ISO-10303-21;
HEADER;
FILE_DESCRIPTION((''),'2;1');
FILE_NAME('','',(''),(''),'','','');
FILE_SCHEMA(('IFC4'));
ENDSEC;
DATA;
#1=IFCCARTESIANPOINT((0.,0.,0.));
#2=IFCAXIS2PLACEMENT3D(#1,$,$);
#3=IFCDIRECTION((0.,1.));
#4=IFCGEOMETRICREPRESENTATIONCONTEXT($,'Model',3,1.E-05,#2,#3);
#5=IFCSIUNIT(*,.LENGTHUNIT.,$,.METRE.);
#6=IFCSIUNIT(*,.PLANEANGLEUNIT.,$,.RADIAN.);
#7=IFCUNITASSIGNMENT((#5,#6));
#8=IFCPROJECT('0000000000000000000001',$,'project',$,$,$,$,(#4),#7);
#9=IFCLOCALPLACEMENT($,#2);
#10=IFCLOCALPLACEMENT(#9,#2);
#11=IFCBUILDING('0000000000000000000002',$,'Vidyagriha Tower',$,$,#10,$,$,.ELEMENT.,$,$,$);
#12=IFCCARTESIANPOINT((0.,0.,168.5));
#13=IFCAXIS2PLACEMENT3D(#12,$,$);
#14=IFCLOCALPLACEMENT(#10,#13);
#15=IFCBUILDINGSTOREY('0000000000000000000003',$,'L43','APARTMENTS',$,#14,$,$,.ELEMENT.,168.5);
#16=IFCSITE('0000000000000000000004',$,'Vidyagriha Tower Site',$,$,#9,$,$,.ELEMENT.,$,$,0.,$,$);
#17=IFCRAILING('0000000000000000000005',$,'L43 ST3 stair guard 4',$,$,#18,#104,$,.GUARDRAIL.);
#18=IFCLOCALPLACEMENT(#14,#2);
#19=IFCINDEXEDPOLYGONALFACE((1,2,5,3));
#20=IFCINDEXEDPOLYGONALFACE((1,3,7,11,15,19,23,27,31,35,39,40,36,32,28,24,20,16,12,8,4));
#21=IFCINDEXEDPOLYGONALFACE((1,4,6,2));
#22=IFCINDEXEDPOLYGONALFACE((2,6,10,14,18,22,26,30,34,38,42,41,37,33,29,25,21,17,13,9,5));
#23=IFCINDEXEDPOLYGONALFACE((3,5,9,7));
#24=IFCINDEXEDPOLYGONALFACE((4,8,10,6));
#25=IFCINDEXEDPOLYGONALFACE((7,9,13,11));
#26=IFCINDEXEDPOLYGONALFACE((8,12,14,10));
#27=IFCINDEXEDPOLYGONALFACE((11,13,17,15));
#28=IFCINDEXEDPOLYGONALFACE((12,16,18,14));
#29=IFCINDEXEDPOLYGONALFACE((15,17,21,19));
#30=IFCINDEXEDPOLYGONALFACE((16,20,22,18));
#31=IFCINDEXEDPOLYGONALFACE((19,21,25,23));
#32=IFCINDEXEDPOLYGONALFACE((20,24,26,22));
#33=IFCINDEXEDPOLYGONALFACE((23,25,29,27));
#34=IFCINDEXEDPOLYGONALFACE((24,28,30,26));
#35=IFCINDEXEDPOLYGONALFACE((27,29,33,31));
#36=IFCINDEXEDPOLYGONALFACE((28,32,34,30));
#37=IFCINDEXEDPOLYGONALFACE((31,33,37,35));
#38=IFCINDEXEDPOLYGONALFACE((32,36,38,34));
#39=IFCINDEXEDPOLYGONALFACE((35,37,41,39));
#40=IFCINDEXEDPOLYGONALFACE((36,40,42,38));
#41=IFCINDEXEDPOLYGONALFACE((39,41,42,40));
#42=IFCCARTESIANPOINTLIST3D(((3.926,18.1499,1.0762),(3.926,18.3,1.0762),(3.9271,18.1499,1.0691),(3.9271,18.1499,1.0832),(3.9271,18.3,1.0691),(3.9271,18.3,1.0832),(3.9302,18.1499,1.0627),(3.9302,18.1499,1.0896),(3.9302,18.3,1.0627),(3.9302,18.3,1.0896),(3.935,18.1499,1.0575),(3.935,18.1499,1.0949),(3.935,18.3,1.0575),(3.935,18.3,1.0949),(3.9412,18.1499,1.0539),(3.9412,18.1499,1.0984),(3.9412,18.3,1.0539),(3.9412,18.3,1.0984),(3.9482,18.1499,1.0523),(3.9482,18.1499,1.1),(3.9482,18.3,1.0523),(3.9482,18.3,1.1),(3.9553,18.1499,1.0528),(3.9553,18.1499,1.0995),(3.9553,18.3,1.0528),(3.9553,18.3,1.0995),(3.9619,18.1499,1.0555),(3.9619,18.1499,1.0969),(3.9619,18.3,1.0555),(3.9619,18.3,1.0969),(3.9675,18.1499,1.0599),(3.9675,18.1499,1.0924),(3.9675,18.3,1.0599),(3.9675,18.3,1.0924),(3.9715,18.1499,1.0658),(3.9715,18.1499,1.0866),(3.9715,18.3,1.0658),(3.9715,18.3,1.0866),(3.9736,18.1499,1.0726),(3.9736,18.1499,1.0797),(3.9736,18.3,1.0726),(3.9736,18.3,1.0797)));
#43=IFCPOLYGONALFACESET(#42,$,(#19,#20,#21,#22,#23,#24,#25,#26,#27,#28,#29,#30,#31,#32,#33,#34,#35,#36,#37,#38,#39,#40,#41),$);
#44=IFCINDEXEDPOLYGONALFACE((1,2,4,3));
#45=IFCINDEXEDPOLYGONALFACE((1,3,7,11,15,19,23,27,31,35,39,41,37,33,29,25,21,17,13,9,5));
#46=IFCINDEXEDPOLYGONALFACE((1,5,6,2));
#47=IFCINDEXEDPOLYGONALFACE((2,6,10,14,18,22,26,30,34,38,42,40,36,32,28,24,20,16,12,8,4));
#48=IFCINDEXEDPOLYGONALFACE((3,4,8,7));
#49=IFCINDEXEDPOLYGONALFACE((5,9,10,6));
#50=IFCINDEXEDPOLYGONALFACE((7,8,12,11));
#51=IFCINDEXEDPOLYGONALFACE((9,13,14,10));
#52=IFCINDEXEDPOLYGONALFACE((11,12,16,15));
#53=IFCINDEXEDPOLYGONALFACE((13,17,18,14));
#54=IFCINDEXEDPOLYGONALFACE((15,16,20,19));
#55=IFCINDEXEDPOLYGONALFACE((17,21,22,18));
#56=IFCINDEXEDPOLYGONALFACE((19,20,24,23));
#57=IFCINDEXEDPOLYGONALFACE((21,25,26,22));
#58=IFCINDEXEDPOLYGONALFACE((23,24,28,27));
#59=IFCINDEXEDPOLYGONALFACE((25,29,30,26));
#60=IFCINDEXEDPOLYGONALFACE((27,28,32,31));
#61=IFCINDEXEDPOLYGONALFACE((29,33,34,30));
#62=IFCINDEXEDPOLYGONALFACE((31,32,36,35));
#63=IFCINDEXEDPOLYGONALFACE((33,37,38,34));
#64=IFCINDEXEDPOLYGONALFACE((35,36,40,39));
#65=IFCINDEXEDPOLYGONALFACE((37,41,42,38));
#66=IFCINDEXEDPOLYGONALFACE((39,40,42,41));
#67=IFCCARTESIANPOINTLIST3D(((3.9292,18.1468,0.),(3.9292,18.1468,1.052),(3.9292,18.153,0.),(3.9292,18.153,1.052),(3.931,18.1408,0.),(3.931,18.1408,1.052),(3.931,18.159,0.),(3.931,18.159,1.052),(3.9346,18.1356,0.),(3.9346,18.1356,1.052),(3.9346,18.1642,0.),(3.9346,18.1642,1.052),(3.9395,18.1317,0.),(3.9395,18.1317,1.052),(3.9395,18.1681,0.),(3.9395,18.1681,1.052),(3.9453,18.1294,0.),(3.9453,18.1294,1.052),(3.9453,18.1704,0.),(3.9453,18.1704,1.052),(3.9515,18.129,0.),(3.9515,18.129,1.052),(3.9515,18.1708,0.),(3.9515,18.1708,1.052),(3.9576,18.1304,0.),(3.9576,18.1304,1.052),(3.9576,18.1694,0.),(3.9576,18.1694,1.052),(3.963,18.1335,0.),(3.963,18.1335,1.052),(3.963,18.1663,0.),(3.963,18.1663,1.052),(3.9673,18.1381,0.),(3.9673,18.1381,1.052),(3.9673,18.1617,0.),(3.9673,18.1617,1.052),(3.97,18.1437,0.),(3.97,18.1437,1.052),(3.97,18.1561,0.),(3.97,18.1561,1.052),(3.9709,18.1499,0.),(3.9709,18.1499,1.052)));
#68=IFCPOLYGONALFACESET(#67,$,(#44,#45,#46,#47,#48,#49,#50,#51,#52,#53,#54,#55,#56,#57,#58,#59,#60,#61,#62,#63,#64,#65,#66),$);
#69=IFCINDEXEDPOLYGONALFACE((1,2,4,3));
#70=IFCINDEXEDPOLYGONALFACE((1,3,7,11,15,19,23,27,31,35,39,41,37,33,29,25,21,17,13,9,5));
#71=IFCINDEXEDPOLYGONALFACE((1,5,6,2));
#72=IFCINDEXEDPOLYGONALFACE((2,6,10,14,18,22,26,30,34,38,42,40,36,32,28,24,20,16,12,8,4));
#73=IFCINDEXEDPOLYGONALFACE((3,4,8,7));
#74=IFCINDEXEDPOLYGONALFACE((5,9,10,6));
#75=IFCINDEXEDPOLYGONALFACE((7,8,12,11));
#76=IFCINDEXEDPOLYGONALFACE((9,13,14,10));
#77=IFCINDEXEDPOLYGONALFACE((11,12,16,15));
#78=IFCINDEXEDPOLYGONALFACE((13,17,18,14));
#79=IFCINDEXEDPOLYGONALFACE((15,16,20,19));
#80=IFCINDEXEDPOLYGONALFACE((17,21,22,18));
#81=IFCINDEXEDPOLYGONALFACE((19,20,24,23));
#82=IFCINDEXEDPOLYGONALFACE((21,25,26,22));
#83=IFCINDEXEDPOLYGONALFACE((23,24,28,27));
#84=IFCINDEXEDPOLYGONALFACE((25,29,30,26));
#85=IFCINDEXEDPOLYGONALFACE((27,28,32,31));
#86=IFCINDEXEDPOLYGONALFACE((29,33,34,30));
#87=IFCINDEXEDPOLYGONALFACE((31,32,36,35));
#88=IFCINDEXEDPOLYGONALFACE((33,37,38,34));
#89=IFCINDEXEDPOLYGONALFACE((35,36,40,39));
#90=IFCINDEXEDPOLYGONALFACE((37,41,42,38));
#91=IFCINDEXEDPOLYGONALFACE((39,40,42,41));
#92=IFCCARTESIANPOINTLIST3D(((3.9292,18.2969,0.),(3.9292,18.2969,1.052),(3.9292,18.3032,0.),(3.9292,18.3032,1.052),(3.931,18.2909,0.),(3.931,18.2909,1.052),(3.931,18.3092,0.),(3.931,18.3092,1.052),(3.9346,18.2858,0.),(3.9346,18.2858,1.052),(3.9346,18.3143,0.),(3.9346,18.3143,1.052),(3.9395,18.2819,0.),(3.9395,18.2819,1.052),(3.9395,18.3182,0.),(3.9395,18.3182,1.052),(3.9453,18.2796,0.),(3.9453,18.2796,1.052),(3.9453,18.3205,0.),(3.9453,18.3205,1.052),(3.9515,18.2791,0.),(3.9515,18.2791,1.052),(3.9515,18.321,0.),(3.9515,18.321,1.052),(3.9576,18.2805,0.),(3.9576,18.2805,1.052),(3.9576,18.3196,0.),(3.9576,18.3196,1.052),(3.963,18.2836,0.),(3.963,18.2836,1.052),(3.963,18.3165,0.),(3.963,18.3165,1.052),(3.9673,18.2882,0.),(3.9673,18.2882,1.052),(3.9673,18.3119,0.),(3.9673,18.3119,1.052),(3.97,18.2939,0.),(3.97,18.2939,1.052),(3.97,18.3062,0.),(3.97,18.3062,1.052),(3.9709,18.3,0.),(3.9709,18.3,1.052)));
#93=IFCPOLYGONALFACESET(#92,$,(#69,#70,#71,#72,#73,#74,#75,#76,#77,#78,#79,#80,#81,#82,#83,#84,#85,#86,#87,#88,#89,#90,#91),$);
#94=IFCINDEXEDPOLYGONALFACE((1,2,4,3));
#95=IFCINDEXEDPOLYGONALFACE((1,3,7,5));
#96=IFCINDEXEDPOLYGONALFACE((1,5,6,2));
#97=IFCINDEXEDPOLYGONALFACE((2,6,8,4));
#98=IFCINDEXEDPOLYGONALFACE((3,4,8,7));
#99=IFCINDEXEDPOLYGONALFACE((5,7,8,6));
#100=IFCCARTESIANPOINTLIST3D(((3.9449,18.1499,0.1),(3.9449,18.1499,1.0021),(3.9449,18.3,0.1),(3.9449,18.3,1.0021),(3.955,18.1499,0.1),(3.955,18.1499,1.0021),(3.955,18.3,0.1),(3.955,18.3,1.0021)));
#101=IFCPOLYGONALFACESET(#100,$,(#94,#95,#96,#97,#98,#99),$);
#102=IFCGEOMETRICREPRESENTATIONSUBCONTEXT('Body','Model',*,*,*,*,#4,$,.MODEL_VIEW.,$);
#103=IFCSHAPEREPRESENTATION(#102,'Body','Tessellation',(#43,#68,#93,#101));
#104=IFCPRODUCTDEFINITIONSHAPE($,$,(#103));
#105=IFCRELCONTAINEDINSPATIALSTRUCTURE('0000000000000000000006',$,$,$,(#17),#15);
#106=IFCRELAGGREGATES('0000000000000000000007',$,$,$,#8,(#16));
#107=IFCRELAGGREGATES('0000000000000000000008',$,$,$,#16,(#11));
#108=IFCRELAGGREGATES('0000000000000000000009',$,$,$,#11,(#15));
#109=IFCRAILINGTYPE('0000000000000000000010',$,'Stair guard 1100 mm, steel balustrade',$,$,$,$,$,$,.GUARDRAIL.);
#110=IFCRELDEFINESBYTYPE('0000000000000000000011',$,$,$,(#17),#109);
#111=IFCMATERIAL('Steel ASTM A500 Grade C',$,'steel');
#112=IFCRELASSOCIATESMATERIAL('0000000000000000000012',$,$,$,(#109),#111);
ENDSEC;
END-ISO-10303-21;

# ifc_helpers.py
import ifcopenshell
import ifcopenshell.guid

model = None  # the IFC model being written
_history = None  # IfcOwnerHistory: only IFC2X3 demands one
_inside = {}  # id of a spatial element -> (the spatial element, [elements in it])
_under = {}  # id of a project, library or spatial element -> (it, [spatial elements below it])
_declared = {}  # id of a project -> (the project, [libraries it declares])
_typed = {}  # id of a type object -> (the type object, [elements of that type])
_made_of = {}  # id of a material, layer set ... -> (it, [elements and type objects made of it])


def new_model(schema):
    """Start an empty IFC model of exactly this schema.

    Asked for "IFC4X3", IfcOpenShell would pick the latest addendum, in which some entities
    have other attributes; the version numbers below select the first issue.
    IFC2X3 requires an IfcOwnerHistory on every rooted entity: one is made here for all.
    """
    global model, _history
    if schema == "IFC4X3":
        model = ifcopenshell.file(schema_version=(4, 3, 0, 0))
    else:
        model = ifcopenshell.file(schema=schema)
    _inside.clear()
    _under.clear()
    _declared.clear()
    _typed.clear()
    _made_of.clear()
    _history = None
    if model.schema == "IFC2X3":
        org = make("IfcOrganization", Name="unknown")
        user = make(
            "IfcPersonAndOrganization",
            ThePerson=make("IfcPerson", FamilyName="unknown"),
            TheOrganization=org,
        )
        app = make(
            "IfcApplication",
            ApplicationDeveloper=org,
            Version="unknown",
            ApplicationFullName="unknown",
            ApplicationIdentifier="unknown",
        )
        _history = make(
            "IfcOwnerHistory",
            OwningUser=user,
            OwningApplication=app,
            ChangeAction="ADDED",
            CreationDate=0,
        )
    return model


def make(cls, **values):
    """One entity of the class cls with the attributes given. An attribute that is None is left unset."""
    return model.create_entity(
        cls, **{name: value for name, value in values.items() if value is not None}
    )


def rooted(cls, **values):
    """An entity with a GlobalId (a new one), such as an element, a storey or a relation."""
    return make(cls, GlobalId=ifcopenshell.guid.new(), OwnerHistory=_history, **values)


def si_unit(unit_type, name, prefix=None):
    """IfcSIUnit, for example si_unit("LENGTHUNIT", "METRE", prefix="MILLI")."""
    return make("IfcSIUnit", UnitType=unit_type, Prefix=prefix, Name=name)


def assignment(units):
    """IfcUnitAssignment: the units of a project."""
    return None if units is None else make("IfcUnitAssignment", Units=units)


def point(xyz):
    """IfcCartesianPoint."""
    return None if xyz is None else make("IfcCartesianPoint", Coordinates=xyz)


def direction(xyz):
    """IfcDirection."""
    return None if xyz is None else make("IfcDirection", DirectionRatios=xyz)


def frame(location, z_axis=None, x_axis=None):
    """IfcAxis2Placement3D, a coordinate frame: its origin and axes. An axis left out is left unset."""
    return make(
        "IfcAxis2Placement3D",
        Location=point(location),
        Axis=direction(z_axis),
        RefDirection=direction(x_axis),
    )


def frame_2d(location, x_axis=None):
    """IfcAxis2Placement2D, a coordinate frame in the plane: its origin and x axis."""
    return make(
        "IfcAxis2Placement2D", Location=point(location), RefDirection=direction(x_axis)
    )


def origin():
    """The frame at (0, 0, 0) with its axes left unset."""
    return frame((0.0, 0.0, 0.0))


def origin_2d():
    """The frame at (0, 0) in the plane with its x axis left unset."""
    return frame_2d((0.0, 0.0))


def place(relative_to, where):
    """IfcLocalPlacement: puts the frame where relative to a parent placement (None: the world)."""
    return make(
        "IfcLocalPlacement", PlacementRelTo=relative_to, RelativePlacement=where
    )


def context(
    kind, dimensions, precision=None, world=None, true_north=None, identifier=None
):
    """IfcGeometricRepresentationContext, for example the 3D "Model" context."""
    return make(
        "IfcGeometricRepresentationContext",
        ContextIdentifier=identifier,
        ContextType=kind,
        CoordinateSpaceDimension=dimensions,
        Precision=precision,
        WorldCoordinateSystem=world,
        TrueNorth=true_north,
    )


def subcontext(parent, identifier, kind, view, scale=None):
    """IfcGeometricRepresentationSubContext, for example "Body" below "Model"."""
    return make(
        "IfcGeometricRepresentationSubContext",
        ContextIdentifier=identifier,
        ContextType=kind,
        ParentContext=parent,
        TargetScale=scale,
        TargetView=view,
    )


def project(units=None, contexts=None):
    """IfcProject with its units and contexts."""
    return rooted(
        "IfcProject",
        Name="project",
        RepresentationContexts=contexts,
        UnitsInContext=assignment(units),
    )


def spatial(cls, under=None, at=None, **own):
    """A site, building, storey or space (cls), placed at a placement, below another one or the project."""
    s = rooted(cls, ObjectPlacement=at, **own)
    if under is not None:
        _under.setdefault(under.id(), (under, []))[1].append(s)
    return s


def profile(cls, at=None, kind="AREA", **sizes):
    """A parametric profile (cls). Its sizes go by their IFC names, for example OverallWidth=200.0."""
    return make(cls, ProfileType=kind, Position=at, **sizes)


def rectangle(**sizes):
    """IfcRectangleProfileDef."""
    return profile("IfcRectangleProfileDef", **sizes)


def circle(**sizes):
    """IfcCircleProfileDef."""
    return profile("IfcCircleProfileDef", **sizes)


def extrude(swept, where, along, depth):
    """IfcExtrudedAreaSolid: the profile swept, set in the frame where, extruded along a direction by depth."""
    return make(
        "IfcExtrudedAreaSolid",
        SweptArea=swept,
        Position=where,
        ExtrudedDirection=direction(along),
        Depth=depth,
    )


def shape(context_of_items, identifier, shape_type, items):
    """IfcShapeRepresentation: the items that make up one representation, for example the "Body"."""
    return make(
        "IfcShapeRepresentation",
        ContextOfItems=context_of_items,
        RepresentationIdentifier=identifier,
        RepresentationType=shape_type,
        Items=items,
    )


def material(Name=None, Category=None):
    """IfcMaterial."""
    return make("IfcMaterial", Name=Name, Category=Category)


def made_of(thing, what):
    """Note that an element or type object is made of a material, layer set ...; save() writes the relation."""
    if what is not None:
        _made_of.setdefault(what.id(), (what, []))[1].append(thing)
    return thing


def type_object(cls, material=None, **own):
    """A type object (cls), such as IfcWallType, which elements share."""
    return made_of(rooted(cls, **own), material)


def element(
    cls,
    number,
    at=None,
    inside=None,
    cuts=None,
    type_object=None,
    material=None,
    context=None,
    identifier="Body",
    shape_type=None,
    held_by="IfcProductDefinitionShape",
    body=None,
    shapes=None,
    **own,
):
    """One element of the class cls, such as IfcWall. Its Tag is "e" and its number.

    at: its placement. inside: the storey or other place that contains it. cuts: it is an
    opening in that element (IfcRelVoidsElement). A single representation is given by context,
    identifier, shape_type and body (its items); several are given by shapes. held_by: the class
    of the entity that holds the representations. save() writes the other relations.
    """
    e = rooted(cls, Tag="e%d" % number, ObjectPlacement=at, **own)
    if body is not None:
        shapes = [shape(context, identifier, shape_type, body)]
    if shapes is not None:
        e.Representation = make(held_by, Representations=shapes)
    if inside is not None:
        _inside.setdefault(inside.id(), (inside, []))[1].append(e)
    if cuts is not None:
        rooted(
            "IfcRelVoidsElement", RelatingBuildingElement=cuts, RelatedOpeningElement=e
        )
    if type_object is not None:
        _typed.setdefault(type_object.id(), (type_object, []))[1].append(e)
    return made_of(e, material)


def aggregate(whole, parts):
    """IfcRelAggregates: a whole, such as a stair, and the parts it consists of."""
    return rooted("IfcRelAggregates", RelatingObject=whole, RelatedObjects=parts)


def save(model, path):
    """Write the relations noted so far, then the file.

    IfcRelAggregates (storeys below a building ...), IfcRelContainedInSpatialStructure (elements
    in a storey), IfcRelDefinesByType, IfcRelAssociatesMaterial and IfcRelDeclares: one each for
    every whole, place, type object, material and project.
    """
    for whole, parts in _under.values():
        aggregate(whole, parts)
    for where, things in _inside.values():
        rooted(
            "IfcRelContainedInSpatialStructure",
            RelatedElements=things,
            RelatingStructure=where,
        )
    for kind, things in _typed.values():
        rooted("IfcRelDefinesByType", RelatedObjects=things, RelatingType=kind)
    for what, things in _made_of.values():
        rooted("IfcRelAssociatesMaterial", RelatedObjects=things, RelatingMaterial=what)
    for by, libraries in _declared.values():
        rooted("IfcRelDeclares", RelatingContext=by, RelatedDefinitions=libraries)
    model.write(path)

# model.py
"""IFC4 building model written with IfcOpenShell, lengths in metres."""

from ifc_helpers import new_model, si_unit, direction, frame, origin, origin_2d, place, context, subcontext, project, spatial, rectangle, circle, extrude, material, type_object, element, save


model = new_model("IFC4")

# Units and contexts
model_context = context("Model", 3, precision=1e-05, world=origin(), true_north=direction((0.0, 1.0)))
body_context = subcontext(model_context, "Body", "Model", "MODEL_VIEW")
ifc_project = project(units=[si_unit("LENGTHUNIT", "METRE"), si_unit("PLANEANGLEUNIT", "RADIAN")], contexts=[model_context])

# Site, building, storey
site_placement = place(None, origin())
site = spatial("IfcSite", under=ifc_project, at=site_placement, Name="Vidyagriha Tower Site", CompositionType="ELEMENT", RefElevation=0.0)
building_placement = place(site_placement, origin())
building = spatial("IfcBuilding", under=site, at=building_placement, Name="Vidyagriha Tower", CompositionType="ELEMENT")
storey_placement = place(building_placement, frame((0.0, 0.0, 168.5)))
storey = spatial("IfcBuildingStorey", under=building, at=storey_placement, Name="L43", Description="APARTMENTS", CompositionType="ELEMENT", Elevation=168.5)

# Railing
ifc_material_1 = material(Name="Steel ASTM A500 Grade C", Category="steel")
railing_type_1 = type_object("IfcRailingType", Name="Stair guard 1100 mm, steel balustrade", PredefinedType="GUARDRAIL", material=ifc_material_1)
railing_1_placement = place(storey_placement, frame((3.95, 18.1499, 0.0)))
element("IfcRailing", 1, at=railing_1_placement, inside=storey, type_object=railing_type_1, Name="L43 ST3 stair guard 4", PredefinedType="GUARDRAIL", context=body_context, shape_type="SweptSolid", body=[
    extrude(circle(Radius=0.0239, at=origin_2d()), frame((0.0, 0.0, 1.0762), z_axis=(0.0, 1.0, 0.0), x_axis=(-1.0, 0.0, 0.0)), (0.0, 0.0, 1.0), 0.1501),
    extrude(circle(Radius=0.021, at=origin_2d()), origin(), (0.0, 0.0, 1.0), 1.052),
    extrude(circle(Radius=0.021, at=origin_2d()), frame((0.0, 0.1501, 0.0)), (0.0, 0.0, 1.0), 1.052),
    extrude(rectangle(XDim=0.01, YDim=0.9021, at=origin_2d()), frame((0.0, 0.0, 0.551), z_axis=(0.0, 1.0, 0.0), x_axis=(-1.0, 0.0, 0.0)), (0.0, 0.0, 1.0), 0.1501),
])

save(model, "model.ifc")
